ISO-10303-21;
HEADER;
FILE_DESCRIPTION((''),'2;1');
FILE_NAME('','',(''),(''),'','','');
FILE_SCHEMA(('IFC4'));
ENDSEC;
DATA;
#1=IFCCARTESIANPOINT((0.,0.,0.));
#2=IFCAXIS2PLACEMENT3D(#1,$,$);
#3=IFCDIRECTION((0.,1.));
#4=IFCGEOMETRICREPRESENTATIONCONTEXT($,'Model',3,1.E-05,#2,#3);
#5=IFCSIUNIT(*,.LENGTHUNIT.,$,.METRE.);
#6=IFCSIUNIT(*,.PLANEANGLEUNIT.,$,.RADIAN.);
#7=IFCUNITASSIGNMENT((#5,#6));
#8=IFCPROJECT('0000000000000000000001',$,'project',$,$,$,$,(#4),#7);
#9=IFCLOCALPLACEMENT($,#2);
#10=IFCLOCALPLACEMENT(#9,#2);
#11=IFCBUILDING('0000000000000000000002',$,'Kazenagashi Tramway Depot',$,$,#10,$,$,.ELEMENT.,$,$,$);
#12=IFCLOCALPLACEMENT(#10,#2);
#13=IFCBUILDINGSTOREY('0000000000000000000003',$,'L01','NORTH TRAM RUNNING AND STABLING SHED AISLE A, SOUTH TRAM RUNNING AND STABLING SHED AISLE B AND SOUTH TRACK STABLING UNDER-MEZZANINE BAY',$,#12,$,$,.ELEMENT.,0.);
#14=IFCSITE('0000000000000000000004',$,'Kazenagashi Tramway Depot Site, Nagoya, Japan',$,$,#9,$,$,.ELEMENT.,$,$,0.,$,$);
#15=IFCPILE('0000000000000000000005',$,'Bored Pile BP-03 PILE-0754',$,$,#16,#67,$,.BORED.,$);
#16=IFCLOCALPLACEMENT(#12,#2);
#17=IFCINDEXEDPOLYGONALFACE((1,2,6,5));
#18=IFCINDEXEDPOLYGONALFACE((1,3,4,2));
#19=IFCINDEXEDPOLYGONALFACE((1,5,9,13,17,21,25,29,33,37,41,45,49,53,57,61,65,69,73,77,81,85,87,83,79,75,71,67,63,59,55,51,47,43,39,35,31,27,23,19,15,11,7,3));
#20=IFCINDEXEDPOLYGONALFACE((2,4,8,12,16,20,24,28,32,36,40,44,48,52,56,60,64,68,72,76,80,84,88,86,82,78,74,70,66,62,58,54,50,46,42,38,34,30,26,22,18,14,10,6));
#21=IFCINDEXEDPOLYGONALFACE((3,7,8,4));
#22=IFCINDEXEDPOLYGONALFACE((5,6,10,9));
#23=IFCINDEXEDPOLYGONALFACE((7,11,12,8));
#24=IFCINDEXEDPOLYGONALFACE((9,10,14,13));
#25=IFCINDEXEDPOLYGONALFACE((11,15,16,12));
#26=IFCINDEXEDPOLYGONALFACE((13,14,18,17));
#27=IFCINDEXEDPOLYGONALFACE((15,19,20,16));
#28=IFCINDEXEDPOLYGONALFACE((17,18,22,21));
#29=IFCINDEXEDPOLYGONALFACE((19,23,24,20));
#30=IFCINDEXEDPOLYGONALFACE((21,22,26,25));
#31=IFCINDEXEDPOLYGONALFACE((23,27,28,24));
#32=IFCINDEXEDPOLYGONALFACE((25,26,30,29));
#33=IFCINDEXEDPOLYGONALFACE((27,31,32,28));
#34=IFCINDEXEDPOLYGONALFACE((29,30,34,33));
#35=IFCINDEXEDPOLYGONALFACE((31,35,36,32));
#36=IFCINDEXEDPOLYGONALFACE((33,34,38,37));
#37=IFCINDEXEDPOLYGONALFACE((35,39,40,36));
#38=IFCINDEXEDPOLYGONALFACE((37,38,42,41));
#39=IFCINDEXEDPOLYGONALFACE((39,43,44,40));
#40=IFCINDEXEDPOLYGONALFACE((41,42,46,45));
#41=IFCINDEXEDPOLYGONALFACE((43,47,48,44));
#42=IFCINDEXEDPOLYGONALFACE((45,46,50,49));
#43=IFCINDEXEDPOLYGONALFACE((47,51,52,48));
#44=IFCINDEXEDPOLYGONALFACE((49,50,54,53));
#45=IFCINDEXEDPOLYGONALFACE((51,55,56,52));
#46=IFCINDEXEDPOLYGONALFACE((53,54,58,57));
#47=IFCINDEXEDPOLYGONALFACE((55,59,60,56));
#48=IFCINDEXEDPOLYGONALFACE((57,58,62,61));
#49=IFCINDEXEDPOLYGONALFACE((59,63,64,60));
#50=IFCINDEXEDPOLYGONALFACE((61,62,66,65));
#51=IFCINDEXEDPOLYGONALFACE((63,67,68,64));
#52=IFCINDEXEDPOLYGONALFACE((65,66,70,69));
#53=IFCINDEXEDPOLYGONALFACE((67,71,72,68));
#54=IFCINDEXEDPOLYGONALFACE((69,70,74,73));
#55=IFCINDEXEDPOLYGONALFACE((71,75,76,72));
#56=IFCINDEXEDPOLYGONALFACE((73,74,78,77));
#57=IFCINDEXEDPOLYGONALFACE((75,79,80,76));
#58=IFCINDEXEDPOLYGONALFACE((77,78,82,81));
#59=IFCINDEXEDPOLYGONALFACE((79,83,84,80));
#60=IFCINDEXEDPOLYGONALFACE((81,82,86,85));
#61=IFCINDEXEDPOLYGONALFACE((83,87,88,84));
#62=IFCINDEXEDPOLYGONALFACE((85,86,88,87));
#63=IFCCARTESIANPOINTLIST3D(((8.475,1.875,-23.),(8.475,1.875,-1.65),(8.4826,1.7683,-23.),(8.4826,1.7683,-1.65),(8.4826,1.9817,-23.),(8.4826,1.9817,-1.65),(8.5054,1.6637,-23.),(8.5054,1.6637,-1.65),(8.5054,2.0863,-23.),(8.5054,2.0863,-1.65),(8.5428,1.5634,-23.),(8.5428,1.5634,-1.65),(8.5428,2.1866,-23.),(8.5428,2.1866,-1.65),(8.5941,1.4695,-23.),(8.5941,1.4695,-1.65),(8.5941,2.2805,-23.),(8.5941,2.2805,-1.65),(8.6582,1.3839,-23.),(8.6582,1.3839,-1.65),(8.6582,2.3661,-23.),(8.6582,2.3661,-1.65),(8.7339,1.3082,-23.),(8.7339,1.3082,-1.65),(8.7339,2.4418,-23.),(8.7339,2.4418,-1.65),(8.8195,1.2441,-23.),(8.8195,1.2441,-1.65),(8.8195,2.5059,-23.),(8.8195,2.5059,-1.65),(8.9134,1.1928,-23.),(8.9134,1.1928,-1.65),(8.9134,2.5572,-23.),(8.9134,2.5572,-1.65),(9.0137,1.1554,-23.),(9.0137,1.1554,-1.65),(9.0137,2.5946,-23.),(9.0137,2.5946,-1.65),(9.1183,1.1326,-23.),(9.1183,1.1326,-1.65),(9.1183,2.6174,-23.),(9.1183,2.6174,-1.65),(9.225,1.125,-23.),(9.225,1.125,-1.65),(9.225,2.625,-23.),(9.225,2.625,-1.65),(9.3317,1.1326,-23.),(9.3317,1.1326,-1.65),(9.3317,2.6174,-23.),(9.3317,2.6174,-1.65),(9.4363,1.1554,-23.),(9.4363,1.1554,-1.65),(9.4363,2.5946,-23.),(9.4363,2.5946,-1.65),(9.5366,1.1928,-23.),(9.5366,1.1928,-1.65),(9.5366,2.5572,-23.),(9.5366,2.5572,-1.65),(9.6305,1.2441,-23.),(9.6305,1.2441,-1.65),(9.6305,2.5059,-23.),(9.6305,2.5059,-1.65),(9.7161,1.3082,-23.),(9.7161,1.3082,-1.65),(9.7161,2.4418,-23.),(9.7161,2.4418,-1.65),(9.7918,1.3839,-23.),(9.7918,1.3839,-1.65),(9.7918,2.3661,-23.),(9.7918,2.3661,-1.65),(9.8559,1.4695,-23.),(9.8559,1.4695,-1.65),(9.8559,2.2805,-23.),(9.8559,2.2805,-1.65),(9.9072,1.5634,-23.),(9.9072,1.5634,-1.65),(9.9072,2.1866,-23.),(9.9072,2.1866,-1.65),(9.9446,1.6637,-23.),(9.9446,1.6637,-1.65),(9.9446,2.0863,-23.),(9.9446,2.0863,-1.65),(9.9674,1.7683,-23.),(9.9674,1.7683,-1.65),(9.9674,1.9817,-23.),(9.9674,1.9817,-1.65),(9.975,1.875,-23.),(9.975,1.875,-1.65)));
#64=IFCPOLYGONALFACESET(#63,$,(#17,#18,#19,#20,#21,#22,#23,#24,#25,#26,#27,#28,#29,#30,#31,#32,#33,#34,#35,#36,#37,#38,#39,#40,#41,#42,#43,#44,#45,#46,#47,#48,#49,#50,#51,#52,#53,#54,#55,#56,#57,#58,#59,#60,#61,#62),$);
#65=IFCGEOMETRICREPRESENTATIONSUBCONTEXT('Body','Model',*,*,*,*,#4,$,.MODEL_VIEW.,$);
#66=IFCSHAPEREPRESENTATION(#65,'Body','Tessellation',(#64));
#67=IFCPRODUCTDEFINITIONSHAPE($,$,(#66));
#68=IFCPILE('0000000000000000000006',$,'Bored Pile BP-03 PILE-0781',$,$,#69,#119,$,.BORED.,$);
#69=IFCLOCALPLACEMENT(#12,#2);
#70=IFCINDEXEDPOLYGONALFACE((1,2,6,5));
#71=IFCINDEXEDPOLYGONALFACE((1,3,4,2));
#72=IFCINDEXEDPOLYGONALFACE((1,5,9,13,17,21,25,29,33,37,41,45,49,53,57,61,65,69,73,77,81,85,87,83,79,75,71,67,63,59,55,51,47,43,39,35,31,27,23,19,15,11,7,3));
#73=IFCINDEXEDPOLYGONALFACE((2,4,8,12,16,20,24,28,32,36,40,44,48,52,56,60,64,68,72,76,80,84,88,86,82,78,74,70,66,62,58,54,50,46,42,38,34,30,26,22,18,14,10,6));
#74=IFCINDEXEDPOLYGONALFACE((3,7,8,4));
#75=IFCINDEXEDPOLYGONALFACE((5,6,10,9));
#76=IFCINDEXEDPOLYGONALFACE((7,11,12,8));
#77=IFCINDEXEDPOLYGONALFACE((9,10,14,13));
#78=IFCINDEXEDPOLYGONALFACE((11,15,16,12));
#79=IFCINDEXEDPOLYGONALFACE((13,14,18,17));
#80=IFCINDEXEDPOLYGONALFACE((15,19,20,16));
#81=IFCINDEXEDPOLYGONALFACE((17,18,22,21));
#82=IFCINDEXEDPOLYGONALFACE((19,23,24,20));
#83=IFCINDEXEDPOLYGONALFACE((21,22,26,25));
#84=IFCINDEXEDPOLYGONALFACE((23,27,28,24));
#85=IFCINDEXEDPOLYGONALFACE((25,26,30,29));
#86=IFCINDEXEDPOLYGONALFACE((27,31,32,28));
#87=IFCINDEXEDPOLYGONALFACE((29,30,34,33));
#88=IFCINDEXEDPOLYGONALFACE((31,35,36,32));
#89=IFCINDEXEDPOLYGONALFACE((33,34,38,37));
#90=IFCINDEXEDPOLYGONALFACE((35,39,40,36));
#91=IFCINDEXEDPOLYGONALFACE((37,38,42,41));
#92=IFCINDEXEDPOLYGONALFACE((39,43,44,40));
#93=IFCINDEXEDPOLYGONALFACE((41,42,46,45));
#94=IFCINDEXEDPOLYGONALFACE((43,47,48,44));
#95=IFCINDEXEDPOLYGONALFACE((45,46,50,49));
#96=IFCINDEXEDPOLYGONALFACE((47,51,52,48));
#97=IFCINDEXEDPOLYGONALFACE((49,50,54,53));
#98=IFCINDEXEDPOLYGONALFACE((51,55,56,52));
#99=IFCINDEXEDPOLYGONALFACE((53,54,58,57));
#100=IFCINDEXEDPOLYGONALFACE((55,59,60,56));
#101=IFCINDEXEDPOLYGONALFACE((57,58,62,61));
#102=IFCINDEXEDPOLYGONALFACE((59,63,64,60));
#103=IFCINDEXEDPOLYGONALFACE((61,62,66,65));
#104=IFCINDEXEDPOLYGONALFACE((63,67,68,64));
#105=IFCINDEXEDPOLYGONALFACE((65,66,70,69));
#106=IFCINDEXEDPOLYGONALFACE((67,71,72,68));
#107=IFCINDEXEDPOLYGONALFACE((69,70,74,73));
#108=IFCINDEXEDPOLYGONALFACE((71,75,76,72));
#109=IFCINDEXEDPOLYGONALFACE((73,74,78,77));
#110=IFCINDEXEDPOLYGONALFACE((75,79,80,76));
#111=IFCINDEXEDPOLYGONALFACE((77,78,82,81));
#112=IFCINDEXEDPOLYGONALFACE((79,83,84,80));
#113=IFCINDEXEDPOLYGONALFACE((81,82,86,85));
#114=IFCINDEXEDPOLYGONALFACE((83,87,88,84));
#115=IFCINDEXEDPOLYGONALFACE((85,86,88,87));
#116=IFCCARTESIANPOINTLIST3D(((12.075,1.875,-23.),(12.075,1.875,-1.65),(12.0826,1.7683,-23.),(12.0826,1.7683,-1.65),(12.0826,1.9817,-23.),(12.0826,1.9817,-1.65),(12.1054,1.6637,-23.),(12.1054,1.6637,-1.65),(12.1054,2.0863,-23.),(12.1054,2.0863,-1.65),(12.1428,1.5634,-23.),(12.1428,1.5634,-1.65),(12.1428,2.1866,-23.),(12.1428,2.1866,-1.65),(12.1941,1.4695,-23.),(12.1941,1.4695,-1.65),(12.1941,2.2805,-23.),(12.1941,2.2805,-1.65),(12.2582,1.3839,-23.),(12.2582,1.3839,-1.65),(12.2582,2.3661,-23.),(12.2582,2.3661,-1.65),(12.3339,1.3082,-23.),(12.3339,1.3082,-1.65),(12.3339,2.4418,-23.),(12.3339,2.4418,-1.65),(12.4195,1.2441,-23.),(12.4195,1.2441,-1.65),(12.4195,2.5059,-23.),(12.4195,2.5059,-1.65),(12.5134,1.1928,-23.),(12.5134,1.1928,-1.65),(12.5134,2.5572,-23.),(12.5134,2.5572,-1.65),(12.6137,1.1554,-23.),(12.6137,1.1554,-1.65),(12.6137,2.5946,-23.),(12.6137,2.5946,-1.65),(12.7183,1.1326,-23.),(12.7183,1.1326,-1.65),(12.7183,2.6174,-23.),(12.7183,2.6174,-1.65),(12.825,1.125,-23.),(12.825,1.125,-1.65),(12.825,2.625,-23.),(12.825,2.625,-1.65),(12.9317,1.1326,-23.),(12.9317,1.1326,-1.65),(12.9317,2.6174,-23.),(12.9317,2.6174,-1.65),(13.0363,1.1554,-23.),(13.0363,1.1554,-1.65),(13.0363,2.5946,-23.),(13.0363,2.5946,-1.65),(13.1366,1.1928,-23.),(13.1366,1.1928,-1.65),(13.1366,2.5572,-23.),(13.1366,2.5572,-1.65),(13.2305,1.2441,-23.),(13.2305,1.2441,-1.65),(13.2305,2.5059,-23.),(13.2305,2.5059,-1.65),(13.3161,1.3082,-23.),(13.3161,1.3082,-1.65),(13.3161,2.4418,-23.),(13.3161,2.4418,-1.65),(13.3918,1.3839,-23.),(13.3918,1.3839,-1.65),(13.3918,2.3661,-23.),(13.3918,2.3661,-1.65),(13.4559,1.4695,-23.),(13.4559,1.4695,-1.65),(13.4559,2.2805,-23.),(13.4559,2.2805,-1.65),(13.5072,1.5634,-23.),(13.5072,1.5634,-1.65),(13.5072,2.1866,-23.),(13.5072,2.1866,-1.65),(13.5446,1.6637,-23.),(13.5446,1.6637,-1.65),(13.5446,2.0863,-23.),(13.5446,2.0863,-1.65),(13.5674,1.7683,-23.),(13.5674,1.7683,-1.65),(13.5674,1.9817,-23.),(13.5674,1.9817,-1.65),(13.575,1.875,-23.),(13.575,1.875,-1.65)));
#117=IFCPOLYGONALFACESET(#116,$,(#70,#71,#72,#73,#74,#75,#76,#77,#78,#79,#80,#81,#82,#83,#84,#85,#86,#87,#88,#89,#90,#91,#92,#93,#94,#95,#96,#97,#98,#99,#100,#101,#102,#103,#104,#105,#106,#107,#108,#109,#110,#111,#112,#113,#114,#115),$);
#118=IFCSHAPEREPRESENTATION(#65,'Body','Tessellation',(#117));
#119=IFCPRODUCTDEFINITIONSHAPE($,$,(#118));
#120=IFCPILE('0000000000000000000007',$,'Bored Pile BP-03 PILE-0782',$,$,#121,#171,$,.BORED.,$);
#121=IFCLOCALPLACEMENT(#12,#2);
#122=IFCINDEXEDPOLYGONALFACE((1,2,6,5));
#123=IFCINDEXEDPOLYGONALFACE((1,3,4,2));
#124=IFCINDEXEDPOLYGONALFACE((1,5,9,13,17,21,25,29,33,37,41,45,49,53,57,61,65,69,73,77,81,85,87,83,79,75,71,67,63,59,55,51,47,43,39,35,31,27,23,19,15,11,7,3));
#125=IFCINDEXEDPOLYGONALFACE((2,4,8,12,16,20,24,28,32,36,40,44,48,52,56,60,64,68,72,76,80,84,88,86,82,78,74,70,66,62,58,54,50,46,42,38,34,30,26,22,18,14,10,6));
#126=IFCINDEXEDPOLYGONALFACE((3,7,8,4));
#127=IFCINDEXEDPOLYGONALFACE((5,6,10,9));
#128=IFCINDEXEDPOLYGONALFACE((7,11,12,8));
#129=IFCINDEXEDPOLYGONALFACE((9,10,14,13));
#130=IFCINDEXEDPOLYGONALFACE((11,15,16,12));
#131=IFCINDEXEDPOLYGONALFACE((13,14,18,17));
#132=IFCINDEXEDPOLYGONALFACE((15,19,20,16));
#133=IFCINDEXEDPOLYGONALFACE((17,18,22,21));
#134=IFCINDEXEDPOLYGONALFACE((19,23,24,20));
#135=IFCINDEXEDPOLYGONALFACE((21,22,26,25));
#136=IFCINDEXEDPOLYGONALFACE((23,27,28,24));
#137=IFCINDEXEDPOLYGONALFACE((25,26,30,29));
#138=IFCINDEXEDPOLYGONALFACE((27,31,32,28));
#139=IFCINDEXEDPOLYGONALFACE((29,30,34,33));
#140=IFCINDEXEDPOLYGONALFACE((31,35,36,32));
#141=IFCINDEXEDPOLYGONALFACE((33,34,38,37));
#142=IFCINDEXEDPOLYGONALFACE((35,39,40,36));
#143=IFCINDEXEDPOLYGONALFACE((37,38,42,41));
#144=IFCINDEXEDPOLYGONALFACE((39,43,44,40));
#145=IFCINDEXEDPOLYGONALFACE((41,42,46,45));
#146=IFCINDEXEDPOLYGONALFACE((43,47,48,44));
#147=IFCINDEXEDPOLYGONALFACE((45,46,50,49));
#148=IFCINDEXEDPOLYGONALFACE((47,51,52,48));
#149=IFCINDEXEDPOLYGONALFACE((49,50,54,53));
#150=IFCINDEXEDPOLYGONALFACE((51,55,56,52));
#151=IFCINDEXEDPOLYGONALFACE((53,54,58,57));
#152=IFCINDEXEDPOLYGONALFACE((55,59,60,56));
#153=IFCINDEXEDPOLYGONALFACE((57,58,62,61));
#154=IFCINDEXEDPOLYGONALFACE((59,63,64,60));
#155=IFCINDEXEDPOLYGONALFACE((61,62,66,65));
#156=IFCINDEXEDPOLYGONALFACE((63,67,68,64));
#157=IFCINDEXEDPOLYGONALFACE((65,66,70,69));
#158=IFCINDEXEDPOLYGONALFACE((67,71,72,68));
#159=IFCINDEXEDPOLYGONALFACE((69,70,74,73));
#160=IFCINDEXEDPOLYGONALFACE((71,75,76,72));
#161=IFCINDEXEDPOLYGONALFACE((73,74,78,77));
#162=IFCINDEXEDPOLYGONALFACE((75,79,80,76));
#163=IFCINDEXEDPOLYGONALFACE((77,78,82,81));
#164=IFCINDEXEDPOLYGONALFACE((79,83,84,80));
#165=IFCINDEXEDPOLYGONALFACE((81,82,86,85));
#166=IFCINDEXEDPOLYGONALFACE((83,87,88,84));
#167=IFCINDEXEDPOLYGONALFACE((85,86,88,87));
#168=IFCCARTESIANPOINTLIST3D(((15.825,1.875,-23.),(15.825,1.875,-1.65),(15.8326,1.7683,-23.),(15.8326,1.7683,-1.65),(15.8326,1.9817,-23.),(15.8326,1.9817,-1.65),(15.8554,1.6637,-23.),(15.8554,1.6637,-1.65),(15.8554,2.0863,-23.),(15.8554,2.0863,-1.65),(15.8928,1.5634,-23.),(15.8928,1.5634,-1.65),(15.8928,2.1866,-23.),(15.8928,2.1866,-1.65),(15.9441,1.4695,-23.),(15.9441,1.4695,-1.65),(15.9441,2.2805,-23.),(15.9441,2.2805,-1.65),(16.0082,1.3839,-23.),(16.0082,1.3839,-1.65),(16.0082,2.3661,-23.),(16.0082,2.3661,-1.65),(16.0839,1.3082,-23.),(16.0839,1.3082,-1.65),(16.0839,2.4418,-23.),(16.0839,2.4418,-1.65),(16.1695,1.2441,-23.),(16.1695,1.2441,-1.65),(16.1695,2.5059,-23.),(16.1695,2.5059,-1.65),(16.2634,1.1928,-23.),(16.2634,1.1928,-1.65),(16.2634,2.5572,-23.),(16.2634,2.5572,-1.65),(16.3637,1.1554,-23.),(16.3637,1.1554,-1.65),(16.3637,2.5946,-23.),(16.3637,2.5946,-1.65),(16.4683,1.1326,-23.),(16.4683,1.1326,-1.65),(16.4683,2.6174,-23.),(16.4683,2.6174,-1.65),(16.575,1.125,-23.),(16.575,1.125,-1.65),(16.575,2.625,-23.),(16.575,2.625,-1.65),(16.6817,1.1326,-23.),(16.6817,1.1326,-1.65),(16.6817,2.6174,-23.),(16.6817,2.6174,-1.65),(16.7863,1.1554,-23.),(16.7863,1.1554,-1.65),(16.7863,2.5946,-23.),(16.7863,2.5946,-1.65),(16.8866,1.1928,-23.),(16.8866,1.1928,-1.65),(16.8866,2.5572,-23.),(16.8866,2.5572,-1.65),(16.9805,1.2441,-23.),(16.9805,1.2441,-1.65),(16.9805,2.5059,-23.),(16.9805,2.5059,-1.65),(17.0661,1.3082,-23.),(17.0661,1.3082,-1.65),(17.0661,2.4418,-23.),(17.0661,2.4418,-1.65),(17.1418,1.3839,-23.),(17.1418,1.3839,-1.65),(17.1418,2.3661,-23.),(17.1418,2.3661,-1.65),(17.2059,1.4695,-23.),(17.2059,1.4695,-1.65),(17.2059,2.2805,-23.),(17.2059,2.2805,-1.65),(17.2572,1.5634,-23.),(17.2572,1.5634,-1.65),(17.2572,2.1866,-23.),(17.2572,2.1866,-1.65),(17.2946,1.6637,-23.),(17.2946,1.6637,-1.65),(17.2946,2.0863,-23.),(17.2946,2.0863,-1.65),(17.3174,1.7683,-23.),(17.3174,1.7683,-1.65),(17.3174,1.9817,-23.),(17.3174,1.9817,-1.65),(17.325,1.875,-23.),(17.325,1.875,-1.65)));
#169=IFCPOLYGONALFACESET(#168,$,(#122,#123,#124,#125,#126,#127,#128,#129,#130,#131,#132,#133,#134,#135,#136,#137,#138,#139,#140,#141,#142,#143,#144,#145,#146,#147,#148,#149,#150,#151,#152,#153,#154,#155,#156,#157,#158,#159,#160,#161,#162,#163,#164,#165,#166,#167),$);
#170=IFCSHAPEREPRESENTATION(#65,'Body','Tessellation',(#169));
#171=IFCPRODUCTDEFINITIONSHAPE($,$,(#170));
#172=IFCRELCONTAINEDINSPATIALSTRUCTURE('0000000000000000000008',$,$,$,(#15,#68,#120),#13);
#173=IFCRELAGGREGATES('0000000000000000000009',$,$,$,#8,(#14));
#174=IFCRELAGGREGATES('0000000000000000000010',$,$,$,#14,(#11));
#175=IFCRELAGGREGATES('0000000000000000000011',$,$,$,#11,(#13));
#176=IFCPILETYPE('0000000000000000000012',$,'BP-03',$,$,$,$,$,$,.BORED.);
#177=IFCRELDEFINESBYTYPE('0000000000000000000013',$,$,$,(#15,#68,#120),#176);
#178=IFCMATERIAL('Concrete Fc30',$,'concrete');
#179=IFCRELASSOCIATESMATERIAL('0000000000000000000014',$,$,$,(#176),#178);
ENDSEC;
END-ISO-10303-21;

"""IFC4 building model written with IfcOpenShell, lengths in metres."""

from ifc_helpers import new_model, si_unit, direction, frame, origin, origin_2d, place, context, subcontext, project, spatial, circle, extrude, material, material_profile, profile_set, type_object, element, save


model = new_model("IFC4")

# Units and contexts
model_context = context("Model", 3, precision=1e-05, world=origin(), true_north=direction((0.0, 1.0)))
body_context = subcontext(model_context, "Body", "Model", "MODEL_VIEW")
ifc_project = project(units=[si_unit("LENGTHUNIT", "METRE"), si_unit("PLANEANGLEUNIT", "RADIAN")], contexts=[model_context])

# Site, building, storey
site_placement = place(None, origin())
site = spatial("IfcSite", under=ifc_project, at=site_placement, Name="Kazenagashi Tramway Depot Site, Nagoya, Japan", CompositionType="ELEMENT", RefElevation=0.0)
building_placement = place(site_placement, origin())
building = spatial("IfcBuilding", under=site, at=building_placement, Name="Kazenagashi Tramway Depot", CompositionType="ELEMENT")
storey_placement = place(building_placement, origin())
storey = spatial("IfcBuildingStorey", under=building, at=storey_placement, Name="L01", Description="NORTH TRAM RUNNING AND STABLING SHED AISLE A, SOUTH TRAM RUNNING AND STABLING SHED AISLE B AND SOUTH TRACK STABLING UNDER-MEZZANINE BAY", CompositionType="ELEMENT", Elevation=0.0)

# Piles
ifc_material_1 = material(Name="Concrete Fc30", Category="concrete")
ifc_material_profile_1 = material_profile(ifc_material_1, circle(Radius=0.75, at=origin_2d()), Name="PILE-1500")
ifc_profile_set_1 = profile_set([ifc_material_profile_1], Name="Concrete Fc30")
pile_type = type_object("IfcPileType", Name="BP-03", PredefinedType="BORED", material=ifc_profile_set_1)
for number, where, z_axis, x_axis, name in (
    (1, (9.225, 1.875, -1.65), (0.0, 0.0, -1.0), (1.0, 0.0, 0.0), "Bored Pile BP-03 PILE-0754"),
    (2, (12.825, 1.875, -1.65), (0.0, 0.0, -1.0), (1.0, 0.0, 0.0), "Bored Pile BP-03 PILE-0781"),
    (3, (16.575, 1.875, -1.65), (0.0, 0.0, -1.0), (1.0, 0.0, 0.0), "Bored Pile BP-03 PILE-0782"),
):
    element("IfcPile", number, at=place(storey_placement, frame(where, z_axis=z_axis, x_axis=x_axis)), inside=storey, type_object=pile_type, Name=name, PredefinedType="BORED", context=body_context, shape_type="SweptSolid", body=[
        extrude(circle(Radius=0.75, at=origin_2d()), origin(), (0.0, 0.0, 1.0), 21.35),
    ])

save(model, "model.ifc")
